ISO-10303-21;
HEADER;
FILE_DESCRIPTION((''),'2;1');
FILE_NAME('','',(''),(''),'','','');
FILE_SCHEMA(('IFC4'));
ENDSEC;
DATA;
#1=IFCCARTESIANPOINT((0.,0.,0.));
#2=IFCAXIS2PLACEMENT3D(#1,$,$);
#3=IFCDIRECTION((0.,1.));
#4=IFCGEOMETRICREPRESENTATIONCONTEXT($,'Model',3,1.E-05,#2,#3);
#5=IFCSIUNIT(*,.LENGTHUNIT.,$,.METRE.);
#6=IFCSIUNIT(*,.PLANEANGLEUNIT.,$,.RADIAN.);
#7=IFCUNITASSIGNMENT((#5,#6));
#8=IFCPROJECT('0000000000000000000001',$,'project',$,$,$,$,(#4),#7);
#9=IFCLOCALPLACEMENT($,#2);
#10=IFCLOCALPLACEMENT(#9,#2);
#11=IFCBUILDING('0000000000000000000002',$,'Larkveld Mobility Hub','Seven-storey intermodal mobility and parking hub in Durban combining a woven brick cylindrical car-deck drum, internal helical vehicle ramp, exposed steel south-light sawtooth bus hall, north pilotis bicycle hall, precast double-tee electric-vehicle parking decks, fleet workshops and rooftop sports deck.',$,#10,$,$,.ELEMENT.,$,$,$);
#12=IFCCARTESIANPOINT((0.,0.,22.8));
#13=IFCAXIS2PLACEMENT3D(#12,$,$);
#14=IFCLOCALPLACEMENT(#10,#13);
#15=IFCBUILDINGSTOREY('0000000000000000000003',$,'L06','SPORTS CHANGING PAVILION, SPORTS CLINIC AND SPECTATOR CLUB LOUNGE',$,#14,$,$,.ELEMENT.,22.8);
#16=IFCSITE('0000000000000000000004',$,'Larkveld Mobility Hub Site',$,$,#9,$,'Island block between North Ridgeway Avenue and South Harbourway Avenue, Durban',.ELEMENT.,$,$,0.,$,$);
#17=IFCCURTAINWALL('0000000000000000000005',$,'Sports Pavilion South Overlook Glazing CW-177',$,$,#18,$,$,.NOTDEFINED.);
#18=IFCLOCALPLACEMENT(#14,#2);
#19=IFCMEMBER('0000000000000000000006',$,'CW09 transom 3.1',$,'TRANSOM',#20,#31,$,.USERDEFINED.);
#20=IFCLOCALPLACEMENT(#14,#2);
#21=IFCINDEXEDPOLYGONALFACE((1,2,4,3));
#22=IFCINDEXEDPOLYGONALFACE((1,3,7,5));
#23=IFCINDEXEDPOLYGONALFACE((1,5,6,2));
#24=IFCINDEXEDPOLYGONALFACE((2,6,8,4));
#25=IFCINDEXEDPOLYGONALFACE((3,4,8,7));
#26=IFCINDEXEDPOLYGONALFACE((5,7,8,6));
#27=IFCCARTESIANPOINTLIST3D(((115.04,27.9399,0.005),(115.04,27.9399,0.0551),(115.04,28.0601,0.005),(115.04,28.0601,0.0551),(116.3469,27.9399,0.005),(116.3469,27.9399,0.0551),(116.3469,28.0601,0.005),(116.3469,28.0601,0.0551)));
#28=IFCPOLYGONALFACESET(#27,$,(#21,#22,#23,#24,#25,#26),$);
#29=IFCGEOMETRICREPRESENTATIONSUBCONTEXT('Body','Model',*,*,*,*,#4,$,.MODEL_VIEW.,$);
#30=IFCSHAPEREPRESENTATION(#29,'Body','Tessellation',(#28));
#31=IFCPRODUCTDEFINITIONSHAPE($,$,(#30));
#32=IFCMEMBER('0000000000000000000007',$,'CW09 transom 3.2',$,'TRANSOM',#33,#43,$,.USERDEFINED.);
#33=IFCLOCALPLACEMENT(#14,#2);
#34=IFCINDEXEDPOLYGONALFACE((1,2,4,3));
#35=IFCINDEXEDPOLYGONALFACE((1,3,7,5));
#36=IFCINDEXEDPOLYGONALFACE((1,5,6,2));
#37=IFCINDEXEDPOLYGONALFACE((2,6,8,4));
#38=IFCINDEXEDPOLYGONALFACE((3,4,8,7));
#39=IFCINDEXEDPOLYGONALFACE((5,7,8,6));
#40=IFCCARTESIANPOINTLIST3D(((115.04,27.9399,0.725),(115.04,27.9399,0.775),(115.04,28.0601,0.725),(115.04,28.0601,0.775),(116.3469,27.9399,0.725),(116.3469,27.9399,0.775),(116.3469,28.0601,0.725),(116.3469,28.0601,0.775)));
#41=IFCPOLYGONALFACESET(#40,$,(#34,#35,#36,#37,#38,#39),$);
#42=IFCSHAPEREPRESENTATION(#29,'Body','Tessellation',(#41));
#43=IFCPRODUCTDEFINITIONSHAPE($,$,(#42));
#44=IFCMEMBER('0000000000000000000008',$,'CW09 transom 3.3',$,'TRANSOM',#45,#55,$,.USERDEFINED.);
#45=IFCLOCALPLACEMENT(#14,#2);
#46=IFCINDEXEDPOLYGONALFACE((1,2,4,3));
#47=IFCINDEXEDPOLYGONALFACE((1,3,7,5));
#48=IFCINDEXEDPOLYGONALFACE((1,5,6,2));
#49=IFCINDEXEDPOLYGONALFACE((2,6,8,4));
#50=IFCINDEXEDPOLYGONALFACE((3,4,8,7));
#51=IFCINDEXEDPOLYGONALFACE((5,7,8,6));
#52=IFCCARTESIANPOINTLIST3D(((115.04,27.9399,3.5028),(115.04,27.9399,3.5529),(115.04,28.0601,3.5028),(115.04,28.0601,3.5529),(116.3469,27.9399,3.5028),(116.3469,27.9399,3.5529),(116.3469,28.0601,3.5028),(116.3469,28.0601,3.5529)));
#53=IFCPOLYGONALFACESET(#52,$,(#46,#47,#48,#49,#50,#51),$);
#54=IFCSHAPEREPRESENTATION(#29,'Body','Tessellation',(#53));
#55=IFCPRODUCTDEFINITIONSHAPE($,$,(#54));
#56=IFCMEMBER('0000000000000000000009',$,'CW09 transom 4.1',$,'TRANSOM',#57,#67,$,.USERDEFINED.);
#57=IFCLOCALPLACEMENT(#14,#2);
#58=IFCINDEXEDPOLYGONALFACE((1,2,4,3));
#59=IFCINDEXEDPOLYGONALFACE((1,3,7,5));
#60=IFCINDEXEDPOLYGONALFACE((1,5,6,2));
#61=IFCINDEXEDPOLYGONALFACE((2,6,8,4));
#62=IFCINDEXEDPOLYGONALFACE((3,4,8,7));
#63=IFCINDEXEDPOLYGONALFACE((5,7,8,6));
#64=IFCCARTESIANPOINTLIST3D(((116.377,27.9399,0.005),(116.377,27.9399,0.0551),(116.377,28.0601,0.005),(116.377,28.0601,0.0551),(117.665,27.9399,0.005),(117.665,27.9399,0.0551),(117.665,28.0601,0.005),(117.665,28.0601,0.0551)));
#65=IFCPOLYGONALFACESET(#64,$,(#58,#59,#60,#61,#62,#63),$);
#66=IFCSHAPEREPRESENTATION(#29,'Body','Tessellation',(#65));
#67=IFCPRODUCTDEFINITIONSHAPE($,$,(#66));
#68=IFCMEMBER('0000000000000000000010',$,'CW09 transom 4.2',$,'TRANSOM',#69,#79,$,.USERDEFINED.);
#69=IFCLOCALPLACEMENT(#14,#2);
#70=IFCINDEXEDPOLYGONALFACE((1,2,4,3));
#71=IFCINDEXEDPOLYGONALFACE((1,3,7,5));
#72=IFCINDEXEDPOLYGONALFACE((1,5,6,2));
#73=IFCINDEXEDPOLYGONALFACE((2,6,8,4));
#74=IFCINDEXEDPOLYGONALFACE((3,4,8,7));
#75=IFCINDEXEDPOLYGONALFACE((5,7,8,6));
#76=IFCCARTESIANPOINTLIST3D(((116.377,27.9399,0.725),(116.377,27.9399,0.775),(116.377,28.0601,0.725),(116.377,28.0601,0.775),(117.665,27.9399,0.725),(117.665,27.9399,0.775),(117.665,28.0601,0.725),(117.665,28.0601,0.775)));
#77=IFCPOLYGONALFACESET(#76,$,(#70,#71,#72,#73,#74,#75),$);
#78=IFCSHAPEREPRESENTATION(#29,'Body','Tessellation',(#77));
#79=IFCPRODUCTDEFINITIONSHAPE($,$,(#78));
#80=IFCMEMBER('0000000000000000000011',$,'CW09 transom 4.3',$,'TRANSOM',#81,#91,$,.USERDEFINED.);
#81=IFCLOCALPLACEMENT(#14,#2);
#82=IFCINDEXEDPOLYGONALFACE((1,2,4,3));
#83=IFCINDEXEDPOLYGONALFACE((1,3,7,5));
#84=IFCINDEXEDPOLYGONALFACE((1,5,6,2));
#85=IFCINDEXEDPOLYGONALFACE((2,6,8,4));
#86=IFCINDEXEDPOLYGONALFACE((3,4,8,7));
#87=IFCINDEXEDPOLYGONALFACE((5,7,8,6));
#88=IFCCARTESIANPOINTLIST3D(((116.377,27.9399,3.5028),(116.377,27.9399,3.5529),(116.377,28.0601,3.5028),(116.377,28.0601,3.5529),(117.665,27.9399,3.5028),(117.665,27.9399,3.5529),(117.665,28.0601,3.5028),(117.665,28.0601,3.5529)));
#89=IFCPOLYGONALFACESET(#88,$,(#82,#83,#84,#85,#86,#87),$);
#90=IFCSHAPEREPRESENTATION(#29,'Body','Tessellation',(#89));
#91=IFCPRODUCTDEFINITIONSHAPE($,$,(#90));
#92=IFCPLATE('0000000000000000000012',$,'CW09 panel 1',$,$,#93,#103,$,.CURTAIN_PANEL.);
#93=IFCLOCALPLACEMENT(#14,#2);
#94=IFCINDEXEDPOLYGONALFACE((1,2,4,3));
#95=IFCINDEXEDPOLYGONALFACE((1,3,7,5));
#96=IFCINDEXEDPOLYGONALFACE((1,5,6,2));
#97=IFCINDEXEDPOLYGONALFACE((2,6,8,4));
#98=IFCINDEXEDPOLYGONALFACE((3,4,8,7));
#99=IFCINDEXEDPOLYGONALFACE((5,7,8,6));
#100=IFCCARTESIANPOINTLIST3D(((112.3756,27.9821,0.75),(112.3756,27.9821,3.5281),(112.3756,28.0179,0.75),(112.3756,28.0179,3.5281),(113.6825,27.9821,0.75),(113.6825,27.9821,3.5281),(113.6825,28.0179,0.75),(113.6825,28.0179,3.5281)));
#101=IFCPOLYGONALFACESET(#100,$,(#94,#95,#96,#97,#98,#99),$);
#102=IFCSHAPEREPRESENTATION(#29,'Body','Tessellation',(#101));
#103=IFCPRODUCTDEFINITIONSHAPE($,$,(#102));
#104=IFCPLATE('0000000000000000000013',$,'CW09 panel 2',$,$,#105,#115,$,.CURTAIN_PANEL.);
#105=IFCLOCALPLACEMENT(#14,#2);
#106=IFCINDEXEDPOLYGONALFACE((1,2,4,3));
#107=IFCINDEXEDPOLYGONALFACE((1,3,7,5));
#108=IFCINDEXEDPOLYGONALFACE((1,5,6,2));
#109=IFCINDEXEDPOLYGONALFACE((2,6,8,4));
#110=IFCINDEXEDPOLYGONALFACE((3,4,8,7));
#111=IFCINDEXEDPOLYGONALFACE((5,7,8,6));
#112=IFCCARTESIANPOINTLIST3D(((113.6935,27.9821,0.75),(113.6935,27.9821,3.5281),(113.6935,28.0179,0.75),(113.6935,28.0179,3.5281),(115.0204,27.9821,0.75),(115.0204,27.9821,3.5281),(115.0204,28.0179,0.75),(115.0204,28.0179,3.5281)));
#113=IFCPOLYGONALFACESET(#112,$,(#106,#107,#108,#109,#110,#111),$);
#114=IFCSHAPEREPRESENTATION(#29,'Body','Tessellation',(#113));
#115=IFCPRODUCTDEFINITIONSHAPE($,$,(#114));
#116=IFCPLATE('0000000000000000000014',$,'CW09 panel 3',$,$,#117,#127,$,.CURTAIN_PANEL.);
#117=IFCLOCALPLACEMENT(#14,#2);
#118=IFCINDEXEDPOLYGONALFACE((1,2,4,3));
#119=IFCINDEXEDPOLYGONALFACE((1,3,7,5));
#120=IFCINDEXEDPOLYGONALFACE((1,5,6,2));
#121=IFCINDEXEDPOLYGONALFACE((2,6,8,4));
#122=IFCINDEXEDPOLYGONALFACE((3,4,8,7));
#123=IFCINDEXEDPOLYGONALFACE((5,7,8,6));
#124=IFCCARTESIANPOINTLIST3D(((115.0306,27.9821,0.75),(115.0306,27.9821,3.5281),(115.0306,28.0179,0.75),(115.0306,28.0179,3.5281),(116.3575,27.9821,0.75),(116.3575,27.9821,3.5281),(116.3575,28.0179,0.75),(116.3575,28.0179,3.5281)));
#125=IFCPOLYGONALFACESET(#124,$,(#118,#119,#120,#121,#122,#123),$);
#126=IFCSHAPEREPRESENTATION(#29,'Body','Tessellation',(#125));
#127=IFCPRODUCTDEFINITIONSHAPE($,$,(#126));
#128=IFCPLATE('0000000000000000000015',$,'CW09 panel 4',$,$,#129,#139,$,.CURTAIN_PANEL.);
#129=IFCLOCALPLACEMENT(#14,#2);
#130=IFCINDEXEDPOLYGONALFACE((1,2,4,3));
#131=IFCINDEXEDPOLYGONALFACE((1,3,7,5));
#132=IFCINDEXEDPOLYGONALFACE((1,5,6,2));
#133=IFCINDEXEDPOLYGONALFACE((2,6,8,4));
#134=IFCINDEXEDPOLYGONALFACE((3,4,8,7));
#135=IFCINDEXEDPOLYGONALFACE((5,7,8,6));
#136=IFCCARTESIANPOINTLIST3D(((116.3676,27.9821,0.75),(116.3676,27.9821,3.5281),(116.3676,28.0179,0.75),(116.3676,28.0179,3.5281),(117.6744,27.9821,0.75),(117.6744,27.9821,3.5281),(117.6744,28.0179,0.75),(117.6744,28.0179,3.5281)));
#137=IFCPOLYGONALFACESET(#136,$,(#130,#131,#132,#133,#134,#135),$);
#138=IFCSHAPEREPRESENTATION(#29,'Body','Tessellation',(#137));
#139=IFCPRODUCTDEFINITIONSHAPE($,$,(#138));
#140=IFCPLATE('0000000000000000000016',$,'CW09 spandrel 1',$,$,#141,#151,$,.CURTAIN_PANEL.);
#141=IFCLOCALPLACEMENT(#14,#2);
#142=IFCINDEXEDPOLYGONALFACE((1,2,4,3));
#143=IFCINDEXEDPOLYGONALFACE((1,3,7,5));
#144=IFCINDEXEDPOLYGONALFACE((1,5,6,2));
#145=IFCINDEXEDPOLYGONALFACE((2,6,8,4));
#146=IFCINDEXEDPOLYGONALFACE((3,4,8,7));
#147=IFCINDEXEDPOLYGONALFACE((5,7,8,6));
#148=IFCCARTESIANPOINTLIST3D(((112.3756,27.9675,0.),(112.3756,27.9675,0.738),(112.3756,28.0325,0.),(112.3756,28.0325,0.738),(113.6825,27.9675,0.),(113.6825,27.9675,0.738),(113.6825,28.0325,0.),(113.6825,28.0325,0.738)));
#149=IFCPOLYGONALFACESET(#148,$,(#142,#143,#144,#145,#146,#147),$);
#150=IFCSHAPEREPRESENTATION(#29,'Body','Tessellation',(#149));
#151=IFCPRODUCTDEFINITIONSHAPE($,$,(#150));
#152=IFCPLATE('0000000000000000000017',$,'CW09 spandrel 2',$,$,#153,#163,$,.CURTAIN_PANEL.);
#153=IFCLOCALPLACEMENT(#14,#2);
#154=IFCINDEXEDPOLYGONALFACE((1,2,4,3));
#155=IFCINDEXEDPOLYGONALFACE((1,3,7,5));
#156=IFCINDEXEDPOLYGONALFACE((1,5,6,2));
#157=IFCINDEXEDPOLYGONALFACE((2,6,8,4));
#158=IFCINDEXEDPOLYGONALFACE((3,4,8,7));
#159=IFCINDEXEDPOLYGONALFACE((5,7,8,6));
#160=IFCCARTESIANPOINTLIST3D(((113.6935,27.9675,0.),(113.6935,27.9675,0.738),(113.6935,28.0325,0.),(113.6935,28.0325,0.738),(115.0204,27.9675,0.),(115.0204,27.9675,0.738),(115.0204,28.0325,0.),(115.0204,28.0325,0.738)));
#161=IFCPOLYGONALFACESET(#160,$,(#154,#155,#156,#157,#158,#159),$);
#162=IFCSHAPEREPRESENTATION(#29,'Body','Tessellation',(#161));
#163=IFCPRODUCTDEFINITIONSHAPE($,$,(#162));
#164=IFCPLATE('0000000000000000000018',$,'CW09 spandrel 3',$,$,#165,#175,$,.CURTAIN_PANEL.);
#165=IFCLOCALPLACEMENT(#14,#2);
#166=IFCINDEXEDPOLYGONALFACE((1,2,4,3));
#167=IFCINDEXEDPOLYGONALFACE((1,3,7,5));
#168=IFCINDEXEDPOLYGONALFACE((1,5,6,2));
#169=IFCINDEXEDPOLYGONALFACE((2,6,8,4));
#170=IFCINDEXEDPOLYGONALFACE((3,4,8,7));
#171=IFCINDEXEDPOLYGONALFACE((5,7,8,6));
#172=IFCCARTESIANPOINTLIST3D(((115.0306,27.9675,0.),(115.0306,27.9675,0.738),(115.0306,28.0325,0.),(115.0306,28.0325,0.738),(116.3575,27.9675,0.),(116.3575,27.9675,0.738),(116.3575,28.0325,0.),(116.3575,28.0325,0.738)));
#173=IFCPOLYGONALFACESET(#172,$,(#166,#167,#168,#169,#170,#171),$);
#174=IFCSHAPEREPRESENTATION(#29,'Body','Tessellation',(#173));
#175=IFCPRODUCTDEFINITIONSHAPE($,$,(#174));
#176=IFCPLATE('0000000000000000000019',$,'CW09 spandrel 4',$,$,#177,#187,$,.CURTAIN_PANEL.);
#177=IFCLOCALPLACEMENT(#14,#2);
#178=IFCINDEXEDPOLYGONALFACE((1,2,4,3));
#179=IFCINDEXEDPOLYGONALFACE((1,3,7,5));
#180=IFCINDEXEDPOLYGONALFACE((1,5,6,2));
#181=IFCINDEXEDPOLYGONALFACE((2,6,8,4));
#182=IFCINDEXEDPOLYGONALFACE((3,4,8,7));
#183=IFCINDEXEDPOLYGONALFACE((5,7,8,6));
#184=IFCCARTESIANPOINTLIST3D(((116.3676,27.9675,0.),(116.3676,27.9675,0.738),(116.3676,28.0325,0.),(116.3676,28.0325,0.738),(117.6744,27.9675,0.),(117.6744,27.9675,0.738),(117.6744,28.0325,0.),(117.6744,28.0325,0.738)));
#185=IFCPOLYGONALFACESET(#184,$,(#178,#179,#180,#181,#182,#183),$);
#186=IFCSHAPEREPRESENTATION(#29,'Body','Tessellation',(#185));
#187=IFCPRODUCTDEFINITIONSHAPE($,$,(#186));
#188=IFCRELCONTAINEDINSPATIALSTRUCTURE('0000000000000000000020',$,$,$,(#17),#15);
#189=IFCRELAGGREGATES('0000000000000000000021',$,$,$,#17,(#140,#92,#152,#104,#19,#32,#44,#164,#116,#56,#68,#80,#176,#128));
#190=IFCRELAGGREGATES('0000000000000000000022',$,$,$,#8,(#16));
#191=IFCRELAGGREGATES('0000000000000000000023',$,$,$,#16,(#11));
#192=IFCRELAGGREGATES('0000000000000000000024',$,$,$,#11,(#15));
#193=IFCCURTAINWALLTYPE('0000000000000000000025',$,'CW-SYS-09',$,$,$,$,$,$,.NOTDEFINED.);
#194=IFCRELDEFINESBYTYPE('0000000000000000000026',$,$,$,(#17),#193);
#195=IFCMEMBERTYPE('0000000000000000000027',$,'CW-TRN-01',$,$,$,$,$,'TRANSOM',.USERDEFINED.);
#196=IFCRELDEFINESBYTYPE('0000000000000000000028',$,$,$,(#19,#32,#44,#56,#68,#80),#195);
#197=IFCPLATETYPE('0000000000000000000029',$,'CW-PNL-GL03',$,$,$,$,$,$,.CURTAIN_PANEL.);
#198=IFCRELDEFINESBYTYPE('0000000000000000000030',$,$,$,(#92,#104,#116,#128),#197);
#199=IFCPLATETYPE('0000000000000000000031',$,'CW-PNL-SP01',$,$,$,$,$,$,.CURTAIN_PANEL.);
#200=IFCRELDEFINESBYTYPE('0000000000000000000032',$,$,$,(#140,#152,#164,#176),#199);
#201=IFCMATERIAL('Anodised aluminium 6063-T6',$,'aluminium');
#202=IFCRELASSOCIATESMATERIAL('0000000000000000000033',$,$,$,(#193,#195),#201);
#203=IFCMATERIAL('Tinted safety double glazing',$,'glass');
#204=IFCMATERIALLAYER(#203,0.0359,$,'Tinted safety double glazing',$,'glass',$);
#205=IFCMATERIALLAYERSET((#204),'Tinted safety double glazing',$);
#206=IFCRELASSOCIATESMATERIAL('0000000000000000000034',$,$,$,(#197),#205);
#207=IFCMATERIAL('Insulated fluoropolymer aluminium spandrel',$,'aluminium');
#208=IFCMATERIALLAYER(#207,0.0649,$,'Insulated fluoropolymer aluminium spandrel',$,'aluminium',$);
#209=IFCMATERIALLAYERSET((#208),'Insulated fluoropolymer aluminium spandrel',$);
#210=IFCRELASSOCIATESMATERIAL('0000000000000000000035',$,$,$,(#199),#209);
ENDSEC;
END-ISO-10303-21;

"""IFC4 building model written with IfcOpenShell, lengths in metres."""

from ifc_helpers import new_model, si_unit, direction, frame, origin, origin_2d, place, context, subcontext, project, spatial, rectangle, extrude, material, layer, layer_set, material_profile, profile_set, type_object, element, aggregate, save


model = new_model("IFC4")

# Units and contexts
model_context = context("Model", 3, precision=1e-05, world=origin(), true_north=direction((0.0, 1.0)))
body_context = subcontext(model_context, "Body", "Model", "MODEL_VIEW")
ifc_project = project(units=[si_unit("LENGTHUNIT", "METRE"), si_unit("PLANEANGLEUNIT", "RADIAN")], contexts=[model_context])

# Site, building, storey
site_placement = place(None, origin())
site = spatial("IfcSite", under=ifc_project, at=site_placement, Name="Larkveld Mobility Hub Site", LongName="Island block between North Ridgeway Avenue and South Harbourway Avenue, Durban", CompositionType="ELEMENT", RefElevation=0.0)
building_placement = place(site_placement, origin())
building = spatial("IfcBuilding", under=site, at=building_placement, Name="Larkveld Mobility Hub", Description="Seven-storey intermodal mobility and parking hub in Durban combining a woven brick cylindrical car-deck drum, internal helical vehicle ramp, exposed steel south-light sawtooth bus hall, north pilotis bicycle hall, precast double-tee electric-vehicle parking decks, fleet workshops and rooftop sports deck.", CompositionType="ELEMENT")
storey_placement = place(building_placement, frame((0.0, 0.0, 22.8)))
storey = spatial("IfcBuildingStorey", under=building, at=storey_placement, Name="L06", Description="SPORTS CHANGING PAVILION, SPORTS CLINIC AND SPECTATOR CLUB LOUNGE", CompositionType="ELEMENT", Elevation=22.8)

# Curtain wall, members, plates
ifc_material_1 = material(Name="Anodised aluminium 6063-T6", Category="aluminium")
curtain_wall_type = type_object("IfcCurtainWallType", Name="CW-SYS-09", PredefinedType="NOTDEFINED", material=ifc_material_1)
curtain_wall_placement = place(storey_placement, origin())
curtain_wall = element("IfcCurtainWall", 1, at=curtain_wall_placement, inside=storey, type_object=curtain_wall_type, Name="Sports Pavilion South Overlook Glazing CW-177", PredefinedType="NOTDEFINED")
ifc_material_profile_1 = material_profile(ifc_material_1, rectangle(XDim=0.1201, YDim=0.05, at=origin_2d()), Name="ALU TRAN 50x120")
ifc_profile_set_1 = profile_set([ifc_material_profile_1], Name="Anodised aluminium 6063-T6")
member_type_1 = type_object("IfcMemberType", Name="CW-TRN-01", ElementType="TRANSOM", PredefinedType="USERDEFINED", material=ifc_profile_set_1)
member_1_placement = place(storey_placement, frame((115.04, 28.0, 0.03), z_axis=(1.0, 0.0, 0.0), x_axis=(0.0, 1.0, 0.0)))
member_1 = element("IfcMember", 2, at=member_1_placement, type_object=member_type_1, Name="CW09 transom 3.1", ObjectType="TRANSOM", PredefinedType="USERDEFINED", context=body_context, shape_type="SweptSolid", body=[
    extrude(rectangle(XDim=0.1201, YDim=0.05, at=origin_2d()), origin(), (0.0, 0.0, 1.0), 1.3069),
])
member_2_placement = place(storey_placement, frame((115.04, 28.0, 0.75), z_axis=(1.0, 0.0, 0.0), x_axis=(0.0, 1.0, 0.0)))
member_2 = element("IfcMember", 3, at=member_2_placement, type_object=member_type_1, Name="CW09 transom 3.2", ObjectType="TRANSOM", PredefinedType="USERDEFINED", context=body_context, shape_type="SweptSolid", body=[
    extrude(rectangle(XDim=0.1201, YDim=0.05, at=origin_2d()), origin(), (0.0, 0.0, 1.0), 1.3069),
])
member_3_placement = place(storey_placement, frame((115.04, 28.0, 3.5278), z_axis=(1.0, 0.0, 0.0), x_axis=(0.0, 1.0, 0.0)))
member_3 = element("IfcMember", 4, at=member_3_placement, type_object=member_type_1, Name="CW09 transom 3.3", ObjectType="TRANSOM", PredefinedType="USERDEFINED", context=body_context, shape_type="SweptSolid", body=[
    extrude(rectangle(XDim=0.1201, YDim=0.05, at=origin_2d()), origin(), (0.0, 0.0, 1.0), 1.3069),
])
member_4_placement = place(storey_placement, frame((116.377, 28.0, 0.03), z_axis=(1.0, 0.0, 0.0), x_axis=(0.0, 1.0, 0.0)))
member_4 = element("IfcMember", 5, at=member_4_placement, type_object=member_type_1, Name="CW09 transom 4.1", ObjectType="TRANSOM", PredefinedType="USERDEFINED", context=body_context, shape_type="SweptSolid", body=[
    extrude(rectangle(XDim=0.1201, YDim=0.05, at=origin_2d()), origin(), (0.0, 0.0, 1.0), 1.2881),
])
member_5_placement = place(storey_placement, frame((116.377, 28.0, 0.75), z_axis=(1.0, 0.0, 0.0), x_axis=(0.0, 1.0, 0.0)))
member_5 = element("IfcMember", 6, at=member_5_placement, type_object=member_type_1, Name="CW09 transom 4.2", ObjectType="TRANSOM", PredefinedType="USERDEFINED", context=body_context, shape_type="SweptSolid", body=[
    extrude(rectangle(XDim=0.1201, YDim=0.05, at=origin_2d()), origin(), (0.0, 0.0, 1.0), 1.2881),
])
member_6_placement = place(storey_placement, frame((116.377, 28.0, 3.5278), z_axis=(1.0, 0.0, 0.0), x_axis=(0.0, 1.0, 0.0)))
member_6 = element("IfcMember", 7, at=member_6_placement, type_object=member_type_1, Name="CW09 transom 4.3", ObjectType="TRANSOM", PredefinedType="USERDEFINED", context=body_context, shape_type="SweptSolid", body=[
    extrude(rectangle(XDim=0.1201, YDim=0.05, at=origin_2d()), origin(), (0.0, 0.0, 1.0), 1.2881),
])
ifc_material_2 = material(Name="Tinted safety double glazing", Category="glass")
ifc_layer_1 = layer(ifc_material_2, 0.0359, Name="Tinted safety double glazing", Category="glass")
ifc_layer_set_1 = layer_set([ifc_layer_1], Name="Tinted safety double glazing")
plate_type_1 = type_object("IfcPlateType", Name="CW-PNL-GL03", PredefinedType="CURTAIN_PANEL", material=ifc_layer_set_1)
plate_1_placement = place(storey_placement, frame((113.0291, 28.0, 0.75), z_axis=(0.0, 0.0, 1.0), x_axis=(1.0, 0.0, 0.0)))
plate_1 = element("IfcPlate", 8, at=plate_1_placement, type_object=plate_type_1, Name="CW09 panel 1", PredefinedType="CURTAIN_PANEL", context=body_context, shape_type="SweptSolid", body=[
    extrude(rectangle(XDim=1.3069, YDim=0.0359, at=origin_2d()), origin(), (0.0, 0.0, 1.0), 2.7781),
])
plate_2_placement = place(storey_placement, frame((114.3569, 28.0, 0.75), z_axis=(0.0, 0.0, 1.0), x_axis=(1.0, 0.0, 0.0)))
plate_2 = element("IfcPlate", 9, at=plate_2_placement, type_object=plate_type_1, Name="CW09 panel 2", PredefinedType="CURTAIN_PANEL", context=body_context, shape_type="SweptSolid", body=[
    extrude(rectangle(XDim=1.3269, YDim=0.0359, at=origin_2d()), origin(), (0.0, 0.0, 1.0), 2.7781),
])
plate_3_placement = place(storey_placement, frame((115.6941, 28.0, 0.75), z_axis=(0.0, 0.0, 1.0), x_axis=(1.0, 0.0, 0.0)))
plate_3 = element("IfcPlate", 10, at=plate_3_placement, type_object=plate_type_1, Name="CW09 panel 3", PredefinedType="CURTAIN_PANEL", context=body_context, shape_type="SweptSolid", body=[
    extrude(rectangle(XDim=1.3269, YDim=0.0359, at=origin_2d()), origin(), (0.0, 0.0, 1.0), 2.7781),
])
plate_4_placement = place(storey_placement, frame((117.021, 28.0, 0.75), z_axis=(0.0, 0.0, 1.0), x_axis=(1.0, 0.0, 0.0)))
plate_4 = element("IfcPlate", 11, at=plate_4_placement, type_object=plate_type_1, Name="CW09 panel 4", PredefinedType="CURTAIN_PANEL", context=body_context, shape_type="SweptSolid", body=[
    extrude(rectangle(XDim=1.3069, YDim=0.0359, at=origin_2d()), origin(), (0.0, 0.0, 1.0), 2.7781),
])
ifc_material_3 = material(Name="Insulated fluoropolymer aluminium spandrel", Category="aluminium")
ifc_layer_2 = layer(ifc_material_3, 0.0649, Name="Insulated fluoropolymer aluminium spandrel", Category="aluminium")
ifc_layer_set_2 = layer_set([ifc_layer_2], Name="Insulated fluoropolymer aluminium spandrel")
plate_type_2 = type_object("IfcPlateType", Name="CW-PNL-SP01", PredefinedType="CURTAIN_PANEL", material=ifc_layer_set_2)
plate_5_placement = place(storey_placement, frame((113.0291, 28.0, 0.0), z_axis=(0.0, 0.0, 1.0), x_axis=(1.0, 0.0, 0.0)))
plate_5 = element("IfcPlate", 12, at=plate_5_placement, type_object=plate_type_2, Name="CW09 spandrel 1", PredefinedType="CURTAIN_PANEL", context=body_context, shape_type="SweptSolid", body=[
    extrude(rectangle(XDim=1.3069, YDim=0.0649, at=origin_2d()), origin(), (0.0, 0.0, 1.0), 0.738),
])
plate_6_placement = place(storey_placement, frame((114.3569, 28.0, 0.0), z_axis=(0.0, 0.0, 1.0), x_axis=(1.0, 0.0, 0.0)))
plate_6 = element("IfcPlate", 13, at=plate_6_placement, type_object=plate_type_2, Name="CW09 spandrel 2", PredefinedType="CURTAIN_PANEL", context=body_context, shape_type="SweptSolid", body=[
    extrude(rectangle(XDim=1.3269, YDim=0.0649, at=origin_2d()), origin(), (0.0, 0.0, 1.0), 0.738),
])
plate_7_placement = place(storey_placement, frame((115.6941, 28.0, 0.0), z_axis=(0.0, 0.0, 1.0), x_axis=(1.0, 0.0, 0.0)))
plate_7 = element("IfcPlate", 14, at=plate_7_placement, type_object=plate_type_2, Name="CW09 spandrel 3", PredefinedType="CURTAIN_PANEL", context=body_context, shape_type="SweptSolid", body=[
    extrude(rectangle(XDim=1.3269, YDim=0.0649, at=origin_2d()), origin(), (0.0, 0.0, 1.0), 0.738),
])
plate_8_placement = place(storey_placement, frame((117.021, 28.0, 0.0), z_axis=(0.0, 0.0, 1.0), x_axis=(1.0, 0.0, 0.0)))
plate_8 = element("IfcPlate", 15, at=plate_8_placement, type_object=plate_type_2, Name="CW09 spandrel 4", PredefinedType="CURTAIN_PANEL", context=body_context, shape_type="SweptSolid", body=[
    extrude(rectangle(XDim=1.3069, YDim=0.0649, at=origin_2d()), origin(), (0.0, 0.0, 1.0), 0.738),
])
aggregate(curtain_wall, [plate_5, plate_1, plate_6, plate_2, member_1, member_2, member_3, plate_7, plate_3, member_4, member_5, member_6, plate_8, plate_4])

save(model, "model.ifc")
